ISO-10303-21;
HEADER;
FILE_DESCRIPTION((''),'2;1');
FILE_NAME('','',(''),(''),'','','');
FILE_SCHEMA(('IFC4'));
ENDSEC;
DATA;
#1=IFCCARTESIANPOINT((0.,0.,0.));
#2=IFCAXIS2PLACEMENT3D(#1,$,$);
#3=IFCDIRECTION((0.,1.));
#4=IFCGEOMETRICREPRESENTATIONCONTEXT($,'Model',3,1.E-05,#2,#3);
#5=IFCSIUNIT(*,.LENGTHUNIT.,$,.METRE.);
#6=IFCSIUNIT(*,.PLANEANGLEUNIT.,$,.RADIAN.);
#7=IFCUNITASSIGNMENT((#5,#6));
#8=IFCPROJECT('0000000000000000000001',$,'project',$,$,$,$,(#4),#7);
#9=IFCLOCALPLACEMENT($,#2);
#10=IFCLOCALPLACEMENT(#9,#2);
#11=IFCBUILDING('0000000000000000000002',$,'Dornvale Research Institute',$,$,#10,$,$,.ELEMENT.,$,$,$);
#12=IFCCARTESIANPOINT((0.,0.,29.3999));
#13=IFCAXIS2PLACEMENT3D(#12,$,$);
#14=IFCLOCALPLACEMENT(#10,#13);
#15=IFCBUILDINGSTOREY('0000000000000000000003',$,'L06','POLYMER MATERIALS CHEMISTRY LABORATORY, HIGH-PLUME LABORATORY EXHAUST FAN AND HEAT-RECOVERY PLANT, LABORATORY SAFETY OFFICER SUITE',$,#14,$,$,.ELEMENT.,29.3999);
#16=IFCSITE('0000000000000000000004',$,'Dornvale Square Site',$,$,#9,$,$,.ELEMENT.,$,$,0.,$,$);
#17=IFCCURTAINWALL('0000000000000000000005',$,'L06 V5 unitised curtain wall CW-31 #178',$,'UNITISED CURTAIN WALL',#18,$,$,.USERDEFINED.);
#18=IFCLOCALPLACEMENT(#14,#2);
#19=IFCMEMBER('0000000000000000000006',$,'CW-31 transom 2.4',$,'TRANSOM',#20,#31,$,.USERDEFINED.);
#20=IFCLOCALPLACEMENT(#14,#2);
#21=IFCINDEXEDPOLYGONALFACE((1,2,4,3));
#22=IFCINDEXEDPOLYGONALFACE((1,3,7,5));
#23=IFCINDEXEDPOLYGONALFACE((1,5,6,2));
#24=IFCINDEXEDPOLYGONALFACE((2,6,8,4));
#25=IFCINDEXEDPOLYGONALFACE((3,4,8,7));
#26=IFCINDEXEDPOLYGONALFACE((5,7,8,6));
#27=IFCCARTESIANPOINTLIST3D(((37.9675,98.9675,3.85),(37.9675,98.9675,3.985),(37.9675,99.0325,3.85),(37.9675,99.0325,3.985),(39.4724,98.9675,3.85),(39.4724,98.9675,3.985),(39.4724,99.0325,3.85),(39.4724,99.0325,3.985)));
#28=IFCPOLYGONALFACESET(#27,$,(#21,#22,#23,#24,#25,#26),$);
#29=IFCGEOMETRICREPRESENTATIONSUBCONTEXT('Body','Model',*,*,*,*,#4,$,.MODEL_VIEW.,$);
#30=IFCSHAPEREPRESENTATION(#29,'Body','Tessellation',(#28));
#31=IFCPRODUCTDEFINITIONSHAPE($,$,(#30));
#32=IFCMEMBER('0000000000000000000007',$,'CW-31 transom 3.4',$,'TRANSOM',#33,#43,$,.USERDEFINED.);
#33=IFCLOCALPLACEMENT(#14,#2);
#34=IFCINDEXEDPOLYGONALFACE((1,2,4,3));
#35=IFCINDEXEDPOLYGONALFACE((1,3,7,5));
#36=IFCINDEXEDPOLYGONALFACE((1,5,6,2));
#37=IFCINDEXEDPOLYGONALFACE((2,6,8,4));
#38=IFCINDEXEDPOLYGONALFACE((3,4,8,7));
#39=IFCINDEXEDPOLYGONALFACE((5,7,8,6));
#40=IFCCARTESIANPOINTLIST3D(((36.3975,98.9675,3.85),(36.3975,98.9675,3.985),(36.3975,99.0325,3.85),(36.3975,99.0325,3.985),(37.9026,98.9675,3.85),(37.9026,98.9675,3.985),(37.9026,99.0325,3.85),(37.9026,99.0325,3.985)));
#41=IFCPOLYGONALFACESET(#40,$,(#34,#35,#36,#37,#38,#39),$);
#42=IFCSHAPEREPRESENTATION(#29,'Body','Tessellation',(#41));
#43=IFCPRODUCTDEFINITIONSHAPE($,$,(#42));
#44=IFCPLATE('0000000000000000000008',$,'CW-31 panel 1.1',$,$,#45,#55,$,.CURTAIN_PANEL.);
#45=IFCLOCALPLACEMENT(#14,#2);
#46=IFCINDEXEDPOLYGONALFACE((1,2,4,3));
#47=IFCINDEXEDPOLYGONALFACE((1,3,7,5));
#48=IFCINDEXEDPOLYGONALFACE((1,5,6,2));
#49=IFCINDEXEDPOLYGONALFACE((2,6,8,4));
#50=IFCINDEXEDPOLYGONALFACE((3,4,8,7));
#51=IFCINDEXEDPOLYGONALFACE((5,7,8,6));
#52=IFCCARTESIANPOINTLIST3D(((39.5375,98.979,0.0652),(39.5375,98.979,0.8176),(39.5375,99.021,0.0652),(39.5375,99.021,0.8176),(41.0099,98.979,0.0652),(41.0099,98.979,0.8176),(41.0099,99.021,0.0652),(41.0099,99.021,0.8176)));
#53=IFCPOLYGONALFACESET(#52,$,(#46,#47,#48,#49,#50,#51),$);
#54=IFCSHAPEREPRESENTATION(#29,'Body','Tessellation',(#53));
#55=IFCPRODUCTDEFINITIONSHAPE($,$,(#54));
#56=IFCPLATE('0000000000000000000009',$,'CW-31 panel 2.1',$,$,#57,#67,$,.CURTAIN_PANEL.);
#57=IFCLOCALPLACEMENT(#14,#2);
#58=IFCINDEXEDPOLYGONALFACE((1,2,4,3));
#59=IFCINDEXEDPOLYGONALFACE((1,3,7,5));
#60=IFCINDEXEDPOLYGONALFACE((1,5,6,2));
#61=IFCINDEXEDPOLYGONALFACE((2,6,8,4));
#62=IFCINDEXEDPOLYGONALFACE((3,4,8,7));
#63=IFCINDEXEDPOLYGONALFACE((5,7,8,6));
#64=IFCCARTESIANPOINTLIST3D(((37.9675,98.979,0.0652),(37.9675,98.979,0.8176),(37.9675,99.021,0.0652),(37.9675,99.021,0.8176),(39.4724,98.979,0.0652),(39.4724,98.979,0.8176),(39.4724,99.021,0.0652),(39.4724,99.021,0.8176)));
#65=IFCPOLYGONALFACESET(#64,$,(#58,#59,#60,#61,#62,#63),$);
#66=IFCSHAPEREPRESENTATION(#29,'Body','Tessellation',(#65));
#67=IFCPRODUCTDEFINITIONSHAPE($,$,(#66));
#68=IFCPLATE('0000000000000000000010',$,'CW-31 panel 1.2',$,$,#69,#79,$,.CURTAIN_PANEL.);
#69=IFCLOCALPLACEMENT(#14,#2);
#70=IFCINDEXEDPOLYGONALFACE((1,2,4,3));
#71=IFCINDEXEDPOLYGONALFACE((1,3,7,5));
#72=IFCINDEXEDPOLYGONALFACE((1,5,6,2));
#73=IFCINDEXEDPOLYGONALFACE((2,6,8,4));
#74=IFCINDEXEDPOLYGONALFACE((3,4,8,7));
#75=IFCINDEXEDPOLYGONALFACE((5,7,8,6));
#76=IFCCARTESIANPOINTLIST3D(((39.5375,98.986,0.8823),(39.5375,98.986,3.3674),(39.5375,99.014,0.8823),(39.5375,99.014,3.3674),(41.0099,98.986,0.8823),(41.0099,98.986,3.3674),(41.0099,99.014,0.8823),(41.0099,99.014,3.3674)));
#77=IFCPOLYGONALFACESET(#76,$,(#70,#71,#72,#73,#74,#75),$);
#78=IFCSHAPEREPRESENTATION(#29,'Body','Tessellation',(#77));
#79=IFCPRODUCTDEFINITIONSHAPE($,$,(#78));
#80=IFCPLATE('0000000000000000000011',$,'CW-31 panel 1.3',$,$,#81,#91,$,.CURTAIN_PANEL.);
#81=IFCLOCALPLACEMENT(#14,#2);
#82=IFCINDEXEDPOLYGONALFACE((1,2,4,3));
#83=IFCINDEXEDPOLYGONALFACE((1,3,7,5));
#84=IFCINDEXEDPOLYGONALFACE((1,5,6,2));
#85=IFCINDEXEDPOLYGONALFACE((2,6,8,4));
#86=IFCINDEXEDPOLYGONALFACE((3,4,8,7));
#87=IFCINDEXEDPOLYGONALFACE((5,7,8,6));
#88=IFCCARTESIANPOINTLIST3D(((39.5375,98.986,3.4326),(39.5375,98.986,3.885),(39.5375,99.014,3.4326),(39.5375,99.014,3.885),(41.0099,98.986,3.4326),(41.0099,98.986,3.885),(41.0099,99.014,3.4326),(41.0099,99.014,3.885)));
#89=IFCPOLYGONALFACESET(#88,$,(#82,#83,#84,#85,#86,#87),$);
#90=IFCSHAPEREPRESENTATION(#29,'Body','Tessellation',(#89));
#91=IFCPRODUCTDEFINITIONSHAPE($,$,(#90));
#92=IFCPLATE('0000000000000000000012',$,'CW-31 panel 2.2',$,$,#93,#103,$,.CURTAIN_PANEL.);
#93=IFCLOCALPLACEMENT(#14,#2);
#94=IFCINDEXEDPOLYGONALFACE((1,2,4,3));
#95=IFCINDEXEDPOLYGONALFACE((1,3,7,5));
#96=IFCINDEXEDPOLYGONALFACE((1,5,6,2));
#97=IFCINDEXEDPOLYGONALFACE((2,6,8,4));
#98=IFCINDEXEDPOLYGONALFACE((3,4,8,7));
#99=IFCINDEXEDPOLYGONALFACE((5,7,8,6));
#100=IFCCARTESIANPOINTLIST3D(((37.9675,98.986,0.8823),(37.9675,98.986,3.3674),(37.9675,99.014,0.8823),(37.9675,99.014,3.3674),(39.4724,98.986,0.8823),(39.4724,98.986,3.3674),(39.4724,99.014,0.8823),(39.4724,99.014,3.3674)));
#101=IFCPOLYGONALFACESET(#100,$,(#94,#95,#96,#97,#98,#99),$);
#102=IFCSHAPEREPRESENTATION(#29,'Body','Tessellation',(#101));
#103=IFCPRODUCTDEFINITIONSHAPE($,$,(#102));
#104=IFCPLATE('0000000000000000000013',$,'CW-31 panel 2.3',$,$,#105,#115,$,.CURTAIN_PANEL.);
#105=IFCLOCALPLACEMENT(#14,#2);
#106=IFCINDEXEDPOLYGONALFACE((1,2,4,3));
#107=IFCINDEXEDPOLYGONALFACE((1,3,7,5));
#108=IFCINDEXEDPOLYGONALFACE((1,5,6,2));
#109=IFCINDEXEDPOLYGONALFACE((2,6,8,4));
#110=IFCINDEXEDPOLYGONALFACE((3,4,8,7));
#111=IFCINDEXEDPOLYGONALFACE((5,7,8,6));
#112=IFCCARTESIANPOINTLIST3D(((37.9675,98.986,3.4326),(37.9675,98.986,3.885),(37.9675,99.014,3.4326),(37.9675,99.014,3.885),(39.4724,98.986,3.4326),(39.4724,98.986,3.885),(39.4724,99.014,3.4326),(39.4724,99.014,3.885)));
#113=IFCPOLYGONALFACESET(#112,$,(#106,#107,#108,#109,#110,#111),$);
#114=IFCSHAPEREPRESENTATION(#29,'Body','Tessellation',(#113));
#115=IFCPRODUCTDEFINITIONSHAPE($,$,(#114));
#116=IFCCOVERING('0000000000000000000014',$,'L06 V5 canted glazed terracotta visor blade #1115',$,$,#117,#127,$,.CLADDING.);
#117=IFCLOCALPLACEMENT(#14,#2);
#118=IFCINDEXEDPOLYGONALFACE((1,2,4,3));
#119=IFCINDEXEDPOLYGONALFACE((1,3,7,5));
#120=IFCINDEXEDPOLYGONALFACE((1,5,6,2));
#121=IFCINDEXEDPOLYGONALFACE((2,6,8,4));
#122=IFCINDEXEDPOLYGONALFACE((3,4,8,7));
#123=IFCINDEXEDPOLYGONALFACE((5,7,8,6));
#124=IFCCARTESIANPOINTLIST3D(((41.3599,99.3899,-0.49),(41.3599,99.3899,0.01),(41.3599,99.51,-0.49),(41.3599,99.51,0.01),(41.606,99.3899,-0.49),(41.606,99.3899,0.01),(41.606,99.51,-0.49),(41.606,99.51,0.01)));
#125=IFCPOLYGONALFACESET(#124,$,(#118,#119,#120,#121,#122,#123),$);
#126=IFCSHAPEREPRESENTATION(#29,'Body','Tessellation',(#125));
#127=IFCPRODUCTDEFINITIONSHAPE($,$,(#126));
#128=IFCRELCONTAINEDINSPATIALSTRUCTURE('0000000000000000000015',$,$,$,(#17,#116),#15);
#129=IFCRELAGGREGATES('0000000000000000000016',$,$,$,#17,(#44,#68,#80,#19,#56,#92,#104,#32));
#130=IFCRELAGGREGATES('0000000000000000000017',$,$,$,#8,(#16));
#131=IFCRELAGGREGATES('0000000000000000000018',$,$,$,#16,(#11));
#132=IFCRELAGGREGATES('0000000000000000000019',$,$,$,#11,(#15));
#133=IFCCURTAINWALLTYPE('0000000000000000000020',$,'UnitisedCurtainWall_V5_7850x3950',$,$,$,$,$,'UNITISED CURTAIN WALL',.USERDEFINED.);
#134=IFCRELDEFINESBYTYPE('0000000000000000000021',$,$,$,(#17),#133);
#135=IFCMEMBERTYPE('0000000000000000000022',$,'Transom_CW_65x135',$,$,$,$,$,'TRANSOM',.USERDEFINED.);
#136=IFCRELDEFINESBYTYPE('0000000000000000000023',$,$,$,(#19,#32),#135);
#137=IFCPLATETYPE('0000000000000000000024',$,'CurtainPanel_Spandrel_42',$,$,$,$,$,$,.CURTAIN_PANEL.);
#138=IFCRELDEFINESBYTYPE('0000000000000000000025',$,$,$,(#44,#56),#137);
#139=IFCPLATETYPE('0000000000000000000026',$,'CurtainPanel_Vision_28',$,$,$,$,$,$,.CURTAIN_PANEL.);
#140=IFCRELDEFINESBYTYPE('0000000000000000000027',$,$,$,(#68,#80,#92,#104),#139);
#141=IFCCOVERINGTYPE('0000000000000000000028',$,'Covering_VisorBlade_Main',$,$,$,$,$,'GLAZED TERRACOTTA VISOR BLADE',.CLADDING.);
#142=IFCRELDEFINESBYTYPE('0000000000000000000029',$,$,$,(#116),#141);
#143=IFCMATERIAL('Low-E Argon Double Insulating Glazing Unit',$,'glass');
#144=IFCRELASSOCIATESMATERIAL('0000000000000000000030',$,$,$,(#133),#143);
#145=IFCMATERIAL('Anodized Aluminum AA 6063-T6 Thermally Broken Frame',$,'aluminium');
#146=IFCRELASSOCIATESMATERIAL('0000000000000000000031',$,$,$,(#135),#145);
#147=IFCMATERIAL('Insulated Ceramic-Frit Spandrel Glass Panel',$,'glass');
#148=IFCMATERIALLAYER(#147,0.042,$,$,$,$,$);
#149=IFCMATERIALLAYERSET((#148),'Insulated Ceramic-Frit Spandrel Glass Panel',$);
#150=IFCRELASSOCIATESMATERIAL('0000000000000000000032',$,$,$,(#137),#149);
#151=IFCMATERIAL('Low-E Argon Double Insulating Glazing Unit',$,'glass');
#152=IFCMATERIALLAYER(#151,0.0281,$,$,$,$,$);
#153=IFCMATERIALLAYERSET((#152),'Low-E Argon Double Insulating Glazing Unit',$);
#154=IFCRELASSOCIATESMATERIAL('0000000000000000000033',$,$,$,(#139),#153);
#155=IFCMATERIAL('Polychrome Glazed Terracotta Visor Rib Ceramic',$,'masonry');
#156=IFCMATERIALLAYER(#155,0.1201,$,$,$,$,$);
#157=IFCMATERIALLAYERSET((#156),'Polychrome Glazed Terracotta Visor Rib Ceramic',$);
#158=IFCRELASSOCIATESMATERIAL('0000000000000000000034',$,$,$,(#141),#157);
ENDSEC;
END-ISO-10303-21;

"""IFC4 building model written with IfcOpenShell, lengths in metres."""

from ifc_helpers import new_model, si_unit, direction, frame, origin, origin_2d, place, context, subcontext, project, spatial, rectangle, extrude, material, layer, layer_set, material_profile, profile_set, type_object, element, aggregate, save


model = new_model("IFC4")

# Units and contexts
model_context = context("Model", 3, precision=1e-05, world=origin(), true_north=direction((0.0, 1.0)))
body_context = subcontext(model_context, "Body", "Model", "MODEL_VIEW")
ifc_project = project(units=[si_unit("LENGTHUNIT", "METRE"), si_unit("PLANEANGLEUNIT", "RADIAN")], contexts=[model_context])

# Site, building, storey
site_placement = place(None, origin())
site = spatial("IfcSite", under=ifc_project, at=site_placement, Name="Dornvale Square Site", CompositionType="ELEMENT", RefElevation=0.0)
building_placement = place(site_placement, origin())
building = spatial("IfcBuilding", under=site, at=building_placement, Name="Dornvale Research Institute", CompositionType="ELEMENT")
storey_placement = place(building_placement, frame((0.0, 0.0, 29.3999)))
storey = spatial("IfcBuildingStorey", under=building, at=storey_placement, Name="L06", Description="POLYMER MATERIALS CHEMISTRY LABORATORY, HIGH-PLUME LABORATORY EXHAUST FAN AND HEAT-RECOVERY PLANT, LABORATORY SAFETY OFFICER SUITE", CompositionType="ELEMENT", Elevation=29.3999)

# Curtain wall
ifc_material_1 = material(Name="Low-E Argon Double Insulating Glazing Unit", Category="glass")
curtain_wall_type_1 = type_object("IfcCurtainWallType", Name="UnitisedCurtainWall_V5_7850x3950", ElementType="UNITISED CURTAIN WALL", PredefinedType="USERDEFINED", material=ifc_material_1)
curtain_wall_1_placement = place(storey_placement, origin())
curtain_wall_1 = element("IfcCurtainWall", 1, at=curtain_wall_1_placement, inside=storey, type_object=curtain_wall_type_1, Name="L06 V5 unitised curtain wall CW-31 #178", ObjectType="UNITISED CURTAIN WALL", PredefinedType="USERDEFINED")

# Members
ifc_material_2 = material(Name="Anodized Aluminum AA 6063-T6 Thermally Broken Frame", Category="aluminium")
ifc_material_profile_1 = material_profile(ifc_material_2, rectangle(XDim=0.0649, YDim=0.135, at=origin_2d()), Name="ALU TRANSOM 65x135")
ifc_profile_set_1 = profile_set([ifc_material_profile_1], Name="Anodized Aluminum AA 6063-T6 Thermally Broken Frame")
member_type_1 = type_object("IfcMemberType", Name="Transom_CW_65x135", ElementType="TRANSOM", PredefinedType="USERDEFINED", material=ifc_profile_set_1)
member_1_placement = place(storey_placement, frame((39.4724, 99.0, 3.9175), z_axis=(-1.0, 0.0, 0.0), x_axis=(0.0, -1.0, 0.0)))
member_1 = element("IfcMember", 2, at=member_1_placement, type_object=member_type_1, Name="CW-31 transom 2.4", ObjectType="TRANSOM", PredefinedType="USERDEFINED", context=body_context, shape_type="SweptSolid", body=[
    extrude(rectangle(XDim=0.0649, YDim=0.135, at=origin_2d()), origin(), (0.0, 0.0, 1.0), 1.5049),
])
member_2_placement = place(storey_placement, frame((37.9026, 99.0, 3.9175), z_axis=(-1.0, 0.0, 0.0), x_axis=(0.0, -1.0, 0.0)))
member_2 = element("IfcMember", 3, at=member_2_placement, type_object=member_type_1, Name="CW-31 transom 3.4", ObjectType="TRANSOM", PredefinedType="USERDEFINED", context=body_context, shape_type="SweptSolid", body=[
    extrude(rectangle(XDim=0.0649, YDim=0.135, at=origin_2d()), origin(), (0.0, 0.0, 1.0), 1.5051),
])

# Plates
ifc_material_3 = material(Name="Insulated Ceramic-Frit Spandrel Glass Panel", Category="glass")
ifc_layer_1 = layer(ifc_material_3, 0.042)
ifc_layer_set_1 = layer_set([ifc_layer_1], Name="Insulated Ceramic-Frit Spandrel Glass Panel")
plate_type_1 = type_object("IfcPlateType", Name="CurtainPanel_Spandrel_42", PredefinedType="CURTAIN_PANEL", material=ifc_layer_set_1)
plate_1_placement = place(storey_placement, frame((40.2737, 99.0, 0.0652), z_axis=(0.0, 0.0, 1.0), x_axis=(-1.0, 0.0, 0.0)))
plate_1 = element("IfcPlate", 4, at=plate_1_placement, type_object=plate_type_1, Name="CW-31 panel 1.1", PredefinedType="CURTAIN_PANEL", context=body_context, shape_type="SweptSolid", body=[
    extrude(rectangle(XDim=1.4724, YDim=0.042, at=origin_2d()), origin(), (0.0, 0.0, 1.0), 0.7524),
])
plate_2_placement = place(storey_placement, frame((38.72, 99.0, 0.0652), z_axis=(0.0, 0.0, 1.0), x_axis=(-1.0, 0.0, 0.0)))
plate_2 = element("IfcPlate", 5, at=plate_2_placement, type_object=plate_type_1, Name="CW-31 panel 2.1", PredefinedType="CURTAIN_PANEL", context=body_context, shape_type="SweptSolid", body=[
    extrude(rectangle(XDim=1.5049, YDim=0.042, at=origin_2d()), origin(), (0.0, 0.0, 1.0), 0.7524),
])
ifc_material_4 = material(Name="Low-E Argon Double Insulating Glazing Unit", Category="glass")
ifc_layer_2 = layer(ifc_material_4, 0.0281)
ifc_layer_set_2 = layer_set([ifc_layer_2], Name="Low-E Argon Double Insulating Glazing Unit")
plate_type_2 = type_object("IfcPlateType", Name="CurtainPanel_Vision_28", PredefinedType="CURTAIN_PANEL", material=ifc_layer_set_2)
plate_3_placement = place(storey_placement, frame((40.2737, 99.0, 0.8823), z_axis=(0.0, 0.0, 1.0), x_axis=(-1.0, 0.0, 0.0)))
plate_3 = element("IfcPlate", 6, at=plate_3_placement, type_object=plate_type_2, Name="CW-31 panel 1.2", PredefinedType="CURTAIN_PANEL", context=body_context, shape_type="SweptSolid", body=[
    extrude(rectangle(XDim=1.4724, YDim=0.0281, at=origin_2d()), origin(), (0.0, 0.0, 1.0), 2.4851),
])
plate_4_placement = place(storey_placement, frame((40.2737, 99.0, 3.4326), z_axis=(0.0, 0.0, 1.0), x_axis=(-1.0, 0.0, 0.0)))
plate_4 = element("IfcPlate", 7, at=plate_4_placement, type_object=plate_type_2, Name="CW-31 panel 1.3", PredefinedType="CURTAIN_PANEL", context=body_context, shape_type="SweptSolid", body=[
    extrude(rectangle(XDim=1.4724, YDim=0.0281, at=origin_2d()), origin(), (0.0, 0.0, 1.0), 0.4524),
])
plate_5_placement = place(storey_placement, frame((38.72, 99.0, 0.8823), z_axis=(0.0, 0.0, 1.0), x_axis=(-1.0, 0.0, 0.0)))
plate_5 = element("IfcPlate", 8, at=plate_5_placement, type_object=plate_type_2, Name="CW-31 panel 2.2", PredefinedType="CURTAIN_PANEL", context=body_context, shape_type="SweptSolid", body=[
    extrude(rectangle(XDim=1.5049, YDim=0.0281, at=origin_2d()), origin(), (0.0, 0.0, 1.0), 2.4851),
])
plate_6_placement = place(storey_placement, frame((38.72, 99.0, 3.4326), z_axis=(0.0, 0.0, 1.0), x_axis=(-1.0, 0.0, 0.0)))
plate_6 = element("IfcPlate", 9, at=plate_6_placement, type_object=plate_type_2, Name="CW-31 panel 2.3", PredefinedType="CURTAIN_PANEL", context=body_context, shape_type="SweptSolid", body=[
    extrude(rectangle(XDim=1.5049, YDim=0.0281, at=origin_2d()), origin(), (0.0, 0.0, 1.0), 0.4524),
])
aggregate(curtain_wall_1, [plate_1, plate_3, plate_4, member_1, plate_2, plate_5, plate_6, member_2])

# Covering
ifc_material_5 = material(Name="Polychrome Glazed Terracotta Visor Rib Ceramic", Category="masonry")
ifc_layer_3 = layer(ifc_material_5, 0.1201)
ifc_layer_set_3 = layer_set([ifc_layer_3], Name="Polychrome Glazed Terracotta Visor Rib Ceramic")
covering_type = type_object("IfcCoveringType", Name="Covering_VisorBlade_Main", ElementType="GLAZED TERRACOTTA VISOR BLADE", PredefinedType="CLADDING", material=ifc_layer_set_3)
covering_placement = place(storey_placement, frame((41.4829, 99.45, -0.49), z_axis=(0.0, 0.0, 1.0), x_axis=(1.0, 0.0, 0.0)))
element("IfcCovering", 10, at=covering_placement, inside=storey, type_object=covering_type, Name="L06 V5 canted glazed terracotta visor blade #1115", PredefinedType="CLADDING", context=body_context, shape_type="SweptSolid", body=[
    extrude(rectangle(XDim=0.2461, YDim=0.1201, at=origin_2d()), origin(), (0.0, 0.0, 1.0), 0.5),
])

save(model, "model.ifc")
